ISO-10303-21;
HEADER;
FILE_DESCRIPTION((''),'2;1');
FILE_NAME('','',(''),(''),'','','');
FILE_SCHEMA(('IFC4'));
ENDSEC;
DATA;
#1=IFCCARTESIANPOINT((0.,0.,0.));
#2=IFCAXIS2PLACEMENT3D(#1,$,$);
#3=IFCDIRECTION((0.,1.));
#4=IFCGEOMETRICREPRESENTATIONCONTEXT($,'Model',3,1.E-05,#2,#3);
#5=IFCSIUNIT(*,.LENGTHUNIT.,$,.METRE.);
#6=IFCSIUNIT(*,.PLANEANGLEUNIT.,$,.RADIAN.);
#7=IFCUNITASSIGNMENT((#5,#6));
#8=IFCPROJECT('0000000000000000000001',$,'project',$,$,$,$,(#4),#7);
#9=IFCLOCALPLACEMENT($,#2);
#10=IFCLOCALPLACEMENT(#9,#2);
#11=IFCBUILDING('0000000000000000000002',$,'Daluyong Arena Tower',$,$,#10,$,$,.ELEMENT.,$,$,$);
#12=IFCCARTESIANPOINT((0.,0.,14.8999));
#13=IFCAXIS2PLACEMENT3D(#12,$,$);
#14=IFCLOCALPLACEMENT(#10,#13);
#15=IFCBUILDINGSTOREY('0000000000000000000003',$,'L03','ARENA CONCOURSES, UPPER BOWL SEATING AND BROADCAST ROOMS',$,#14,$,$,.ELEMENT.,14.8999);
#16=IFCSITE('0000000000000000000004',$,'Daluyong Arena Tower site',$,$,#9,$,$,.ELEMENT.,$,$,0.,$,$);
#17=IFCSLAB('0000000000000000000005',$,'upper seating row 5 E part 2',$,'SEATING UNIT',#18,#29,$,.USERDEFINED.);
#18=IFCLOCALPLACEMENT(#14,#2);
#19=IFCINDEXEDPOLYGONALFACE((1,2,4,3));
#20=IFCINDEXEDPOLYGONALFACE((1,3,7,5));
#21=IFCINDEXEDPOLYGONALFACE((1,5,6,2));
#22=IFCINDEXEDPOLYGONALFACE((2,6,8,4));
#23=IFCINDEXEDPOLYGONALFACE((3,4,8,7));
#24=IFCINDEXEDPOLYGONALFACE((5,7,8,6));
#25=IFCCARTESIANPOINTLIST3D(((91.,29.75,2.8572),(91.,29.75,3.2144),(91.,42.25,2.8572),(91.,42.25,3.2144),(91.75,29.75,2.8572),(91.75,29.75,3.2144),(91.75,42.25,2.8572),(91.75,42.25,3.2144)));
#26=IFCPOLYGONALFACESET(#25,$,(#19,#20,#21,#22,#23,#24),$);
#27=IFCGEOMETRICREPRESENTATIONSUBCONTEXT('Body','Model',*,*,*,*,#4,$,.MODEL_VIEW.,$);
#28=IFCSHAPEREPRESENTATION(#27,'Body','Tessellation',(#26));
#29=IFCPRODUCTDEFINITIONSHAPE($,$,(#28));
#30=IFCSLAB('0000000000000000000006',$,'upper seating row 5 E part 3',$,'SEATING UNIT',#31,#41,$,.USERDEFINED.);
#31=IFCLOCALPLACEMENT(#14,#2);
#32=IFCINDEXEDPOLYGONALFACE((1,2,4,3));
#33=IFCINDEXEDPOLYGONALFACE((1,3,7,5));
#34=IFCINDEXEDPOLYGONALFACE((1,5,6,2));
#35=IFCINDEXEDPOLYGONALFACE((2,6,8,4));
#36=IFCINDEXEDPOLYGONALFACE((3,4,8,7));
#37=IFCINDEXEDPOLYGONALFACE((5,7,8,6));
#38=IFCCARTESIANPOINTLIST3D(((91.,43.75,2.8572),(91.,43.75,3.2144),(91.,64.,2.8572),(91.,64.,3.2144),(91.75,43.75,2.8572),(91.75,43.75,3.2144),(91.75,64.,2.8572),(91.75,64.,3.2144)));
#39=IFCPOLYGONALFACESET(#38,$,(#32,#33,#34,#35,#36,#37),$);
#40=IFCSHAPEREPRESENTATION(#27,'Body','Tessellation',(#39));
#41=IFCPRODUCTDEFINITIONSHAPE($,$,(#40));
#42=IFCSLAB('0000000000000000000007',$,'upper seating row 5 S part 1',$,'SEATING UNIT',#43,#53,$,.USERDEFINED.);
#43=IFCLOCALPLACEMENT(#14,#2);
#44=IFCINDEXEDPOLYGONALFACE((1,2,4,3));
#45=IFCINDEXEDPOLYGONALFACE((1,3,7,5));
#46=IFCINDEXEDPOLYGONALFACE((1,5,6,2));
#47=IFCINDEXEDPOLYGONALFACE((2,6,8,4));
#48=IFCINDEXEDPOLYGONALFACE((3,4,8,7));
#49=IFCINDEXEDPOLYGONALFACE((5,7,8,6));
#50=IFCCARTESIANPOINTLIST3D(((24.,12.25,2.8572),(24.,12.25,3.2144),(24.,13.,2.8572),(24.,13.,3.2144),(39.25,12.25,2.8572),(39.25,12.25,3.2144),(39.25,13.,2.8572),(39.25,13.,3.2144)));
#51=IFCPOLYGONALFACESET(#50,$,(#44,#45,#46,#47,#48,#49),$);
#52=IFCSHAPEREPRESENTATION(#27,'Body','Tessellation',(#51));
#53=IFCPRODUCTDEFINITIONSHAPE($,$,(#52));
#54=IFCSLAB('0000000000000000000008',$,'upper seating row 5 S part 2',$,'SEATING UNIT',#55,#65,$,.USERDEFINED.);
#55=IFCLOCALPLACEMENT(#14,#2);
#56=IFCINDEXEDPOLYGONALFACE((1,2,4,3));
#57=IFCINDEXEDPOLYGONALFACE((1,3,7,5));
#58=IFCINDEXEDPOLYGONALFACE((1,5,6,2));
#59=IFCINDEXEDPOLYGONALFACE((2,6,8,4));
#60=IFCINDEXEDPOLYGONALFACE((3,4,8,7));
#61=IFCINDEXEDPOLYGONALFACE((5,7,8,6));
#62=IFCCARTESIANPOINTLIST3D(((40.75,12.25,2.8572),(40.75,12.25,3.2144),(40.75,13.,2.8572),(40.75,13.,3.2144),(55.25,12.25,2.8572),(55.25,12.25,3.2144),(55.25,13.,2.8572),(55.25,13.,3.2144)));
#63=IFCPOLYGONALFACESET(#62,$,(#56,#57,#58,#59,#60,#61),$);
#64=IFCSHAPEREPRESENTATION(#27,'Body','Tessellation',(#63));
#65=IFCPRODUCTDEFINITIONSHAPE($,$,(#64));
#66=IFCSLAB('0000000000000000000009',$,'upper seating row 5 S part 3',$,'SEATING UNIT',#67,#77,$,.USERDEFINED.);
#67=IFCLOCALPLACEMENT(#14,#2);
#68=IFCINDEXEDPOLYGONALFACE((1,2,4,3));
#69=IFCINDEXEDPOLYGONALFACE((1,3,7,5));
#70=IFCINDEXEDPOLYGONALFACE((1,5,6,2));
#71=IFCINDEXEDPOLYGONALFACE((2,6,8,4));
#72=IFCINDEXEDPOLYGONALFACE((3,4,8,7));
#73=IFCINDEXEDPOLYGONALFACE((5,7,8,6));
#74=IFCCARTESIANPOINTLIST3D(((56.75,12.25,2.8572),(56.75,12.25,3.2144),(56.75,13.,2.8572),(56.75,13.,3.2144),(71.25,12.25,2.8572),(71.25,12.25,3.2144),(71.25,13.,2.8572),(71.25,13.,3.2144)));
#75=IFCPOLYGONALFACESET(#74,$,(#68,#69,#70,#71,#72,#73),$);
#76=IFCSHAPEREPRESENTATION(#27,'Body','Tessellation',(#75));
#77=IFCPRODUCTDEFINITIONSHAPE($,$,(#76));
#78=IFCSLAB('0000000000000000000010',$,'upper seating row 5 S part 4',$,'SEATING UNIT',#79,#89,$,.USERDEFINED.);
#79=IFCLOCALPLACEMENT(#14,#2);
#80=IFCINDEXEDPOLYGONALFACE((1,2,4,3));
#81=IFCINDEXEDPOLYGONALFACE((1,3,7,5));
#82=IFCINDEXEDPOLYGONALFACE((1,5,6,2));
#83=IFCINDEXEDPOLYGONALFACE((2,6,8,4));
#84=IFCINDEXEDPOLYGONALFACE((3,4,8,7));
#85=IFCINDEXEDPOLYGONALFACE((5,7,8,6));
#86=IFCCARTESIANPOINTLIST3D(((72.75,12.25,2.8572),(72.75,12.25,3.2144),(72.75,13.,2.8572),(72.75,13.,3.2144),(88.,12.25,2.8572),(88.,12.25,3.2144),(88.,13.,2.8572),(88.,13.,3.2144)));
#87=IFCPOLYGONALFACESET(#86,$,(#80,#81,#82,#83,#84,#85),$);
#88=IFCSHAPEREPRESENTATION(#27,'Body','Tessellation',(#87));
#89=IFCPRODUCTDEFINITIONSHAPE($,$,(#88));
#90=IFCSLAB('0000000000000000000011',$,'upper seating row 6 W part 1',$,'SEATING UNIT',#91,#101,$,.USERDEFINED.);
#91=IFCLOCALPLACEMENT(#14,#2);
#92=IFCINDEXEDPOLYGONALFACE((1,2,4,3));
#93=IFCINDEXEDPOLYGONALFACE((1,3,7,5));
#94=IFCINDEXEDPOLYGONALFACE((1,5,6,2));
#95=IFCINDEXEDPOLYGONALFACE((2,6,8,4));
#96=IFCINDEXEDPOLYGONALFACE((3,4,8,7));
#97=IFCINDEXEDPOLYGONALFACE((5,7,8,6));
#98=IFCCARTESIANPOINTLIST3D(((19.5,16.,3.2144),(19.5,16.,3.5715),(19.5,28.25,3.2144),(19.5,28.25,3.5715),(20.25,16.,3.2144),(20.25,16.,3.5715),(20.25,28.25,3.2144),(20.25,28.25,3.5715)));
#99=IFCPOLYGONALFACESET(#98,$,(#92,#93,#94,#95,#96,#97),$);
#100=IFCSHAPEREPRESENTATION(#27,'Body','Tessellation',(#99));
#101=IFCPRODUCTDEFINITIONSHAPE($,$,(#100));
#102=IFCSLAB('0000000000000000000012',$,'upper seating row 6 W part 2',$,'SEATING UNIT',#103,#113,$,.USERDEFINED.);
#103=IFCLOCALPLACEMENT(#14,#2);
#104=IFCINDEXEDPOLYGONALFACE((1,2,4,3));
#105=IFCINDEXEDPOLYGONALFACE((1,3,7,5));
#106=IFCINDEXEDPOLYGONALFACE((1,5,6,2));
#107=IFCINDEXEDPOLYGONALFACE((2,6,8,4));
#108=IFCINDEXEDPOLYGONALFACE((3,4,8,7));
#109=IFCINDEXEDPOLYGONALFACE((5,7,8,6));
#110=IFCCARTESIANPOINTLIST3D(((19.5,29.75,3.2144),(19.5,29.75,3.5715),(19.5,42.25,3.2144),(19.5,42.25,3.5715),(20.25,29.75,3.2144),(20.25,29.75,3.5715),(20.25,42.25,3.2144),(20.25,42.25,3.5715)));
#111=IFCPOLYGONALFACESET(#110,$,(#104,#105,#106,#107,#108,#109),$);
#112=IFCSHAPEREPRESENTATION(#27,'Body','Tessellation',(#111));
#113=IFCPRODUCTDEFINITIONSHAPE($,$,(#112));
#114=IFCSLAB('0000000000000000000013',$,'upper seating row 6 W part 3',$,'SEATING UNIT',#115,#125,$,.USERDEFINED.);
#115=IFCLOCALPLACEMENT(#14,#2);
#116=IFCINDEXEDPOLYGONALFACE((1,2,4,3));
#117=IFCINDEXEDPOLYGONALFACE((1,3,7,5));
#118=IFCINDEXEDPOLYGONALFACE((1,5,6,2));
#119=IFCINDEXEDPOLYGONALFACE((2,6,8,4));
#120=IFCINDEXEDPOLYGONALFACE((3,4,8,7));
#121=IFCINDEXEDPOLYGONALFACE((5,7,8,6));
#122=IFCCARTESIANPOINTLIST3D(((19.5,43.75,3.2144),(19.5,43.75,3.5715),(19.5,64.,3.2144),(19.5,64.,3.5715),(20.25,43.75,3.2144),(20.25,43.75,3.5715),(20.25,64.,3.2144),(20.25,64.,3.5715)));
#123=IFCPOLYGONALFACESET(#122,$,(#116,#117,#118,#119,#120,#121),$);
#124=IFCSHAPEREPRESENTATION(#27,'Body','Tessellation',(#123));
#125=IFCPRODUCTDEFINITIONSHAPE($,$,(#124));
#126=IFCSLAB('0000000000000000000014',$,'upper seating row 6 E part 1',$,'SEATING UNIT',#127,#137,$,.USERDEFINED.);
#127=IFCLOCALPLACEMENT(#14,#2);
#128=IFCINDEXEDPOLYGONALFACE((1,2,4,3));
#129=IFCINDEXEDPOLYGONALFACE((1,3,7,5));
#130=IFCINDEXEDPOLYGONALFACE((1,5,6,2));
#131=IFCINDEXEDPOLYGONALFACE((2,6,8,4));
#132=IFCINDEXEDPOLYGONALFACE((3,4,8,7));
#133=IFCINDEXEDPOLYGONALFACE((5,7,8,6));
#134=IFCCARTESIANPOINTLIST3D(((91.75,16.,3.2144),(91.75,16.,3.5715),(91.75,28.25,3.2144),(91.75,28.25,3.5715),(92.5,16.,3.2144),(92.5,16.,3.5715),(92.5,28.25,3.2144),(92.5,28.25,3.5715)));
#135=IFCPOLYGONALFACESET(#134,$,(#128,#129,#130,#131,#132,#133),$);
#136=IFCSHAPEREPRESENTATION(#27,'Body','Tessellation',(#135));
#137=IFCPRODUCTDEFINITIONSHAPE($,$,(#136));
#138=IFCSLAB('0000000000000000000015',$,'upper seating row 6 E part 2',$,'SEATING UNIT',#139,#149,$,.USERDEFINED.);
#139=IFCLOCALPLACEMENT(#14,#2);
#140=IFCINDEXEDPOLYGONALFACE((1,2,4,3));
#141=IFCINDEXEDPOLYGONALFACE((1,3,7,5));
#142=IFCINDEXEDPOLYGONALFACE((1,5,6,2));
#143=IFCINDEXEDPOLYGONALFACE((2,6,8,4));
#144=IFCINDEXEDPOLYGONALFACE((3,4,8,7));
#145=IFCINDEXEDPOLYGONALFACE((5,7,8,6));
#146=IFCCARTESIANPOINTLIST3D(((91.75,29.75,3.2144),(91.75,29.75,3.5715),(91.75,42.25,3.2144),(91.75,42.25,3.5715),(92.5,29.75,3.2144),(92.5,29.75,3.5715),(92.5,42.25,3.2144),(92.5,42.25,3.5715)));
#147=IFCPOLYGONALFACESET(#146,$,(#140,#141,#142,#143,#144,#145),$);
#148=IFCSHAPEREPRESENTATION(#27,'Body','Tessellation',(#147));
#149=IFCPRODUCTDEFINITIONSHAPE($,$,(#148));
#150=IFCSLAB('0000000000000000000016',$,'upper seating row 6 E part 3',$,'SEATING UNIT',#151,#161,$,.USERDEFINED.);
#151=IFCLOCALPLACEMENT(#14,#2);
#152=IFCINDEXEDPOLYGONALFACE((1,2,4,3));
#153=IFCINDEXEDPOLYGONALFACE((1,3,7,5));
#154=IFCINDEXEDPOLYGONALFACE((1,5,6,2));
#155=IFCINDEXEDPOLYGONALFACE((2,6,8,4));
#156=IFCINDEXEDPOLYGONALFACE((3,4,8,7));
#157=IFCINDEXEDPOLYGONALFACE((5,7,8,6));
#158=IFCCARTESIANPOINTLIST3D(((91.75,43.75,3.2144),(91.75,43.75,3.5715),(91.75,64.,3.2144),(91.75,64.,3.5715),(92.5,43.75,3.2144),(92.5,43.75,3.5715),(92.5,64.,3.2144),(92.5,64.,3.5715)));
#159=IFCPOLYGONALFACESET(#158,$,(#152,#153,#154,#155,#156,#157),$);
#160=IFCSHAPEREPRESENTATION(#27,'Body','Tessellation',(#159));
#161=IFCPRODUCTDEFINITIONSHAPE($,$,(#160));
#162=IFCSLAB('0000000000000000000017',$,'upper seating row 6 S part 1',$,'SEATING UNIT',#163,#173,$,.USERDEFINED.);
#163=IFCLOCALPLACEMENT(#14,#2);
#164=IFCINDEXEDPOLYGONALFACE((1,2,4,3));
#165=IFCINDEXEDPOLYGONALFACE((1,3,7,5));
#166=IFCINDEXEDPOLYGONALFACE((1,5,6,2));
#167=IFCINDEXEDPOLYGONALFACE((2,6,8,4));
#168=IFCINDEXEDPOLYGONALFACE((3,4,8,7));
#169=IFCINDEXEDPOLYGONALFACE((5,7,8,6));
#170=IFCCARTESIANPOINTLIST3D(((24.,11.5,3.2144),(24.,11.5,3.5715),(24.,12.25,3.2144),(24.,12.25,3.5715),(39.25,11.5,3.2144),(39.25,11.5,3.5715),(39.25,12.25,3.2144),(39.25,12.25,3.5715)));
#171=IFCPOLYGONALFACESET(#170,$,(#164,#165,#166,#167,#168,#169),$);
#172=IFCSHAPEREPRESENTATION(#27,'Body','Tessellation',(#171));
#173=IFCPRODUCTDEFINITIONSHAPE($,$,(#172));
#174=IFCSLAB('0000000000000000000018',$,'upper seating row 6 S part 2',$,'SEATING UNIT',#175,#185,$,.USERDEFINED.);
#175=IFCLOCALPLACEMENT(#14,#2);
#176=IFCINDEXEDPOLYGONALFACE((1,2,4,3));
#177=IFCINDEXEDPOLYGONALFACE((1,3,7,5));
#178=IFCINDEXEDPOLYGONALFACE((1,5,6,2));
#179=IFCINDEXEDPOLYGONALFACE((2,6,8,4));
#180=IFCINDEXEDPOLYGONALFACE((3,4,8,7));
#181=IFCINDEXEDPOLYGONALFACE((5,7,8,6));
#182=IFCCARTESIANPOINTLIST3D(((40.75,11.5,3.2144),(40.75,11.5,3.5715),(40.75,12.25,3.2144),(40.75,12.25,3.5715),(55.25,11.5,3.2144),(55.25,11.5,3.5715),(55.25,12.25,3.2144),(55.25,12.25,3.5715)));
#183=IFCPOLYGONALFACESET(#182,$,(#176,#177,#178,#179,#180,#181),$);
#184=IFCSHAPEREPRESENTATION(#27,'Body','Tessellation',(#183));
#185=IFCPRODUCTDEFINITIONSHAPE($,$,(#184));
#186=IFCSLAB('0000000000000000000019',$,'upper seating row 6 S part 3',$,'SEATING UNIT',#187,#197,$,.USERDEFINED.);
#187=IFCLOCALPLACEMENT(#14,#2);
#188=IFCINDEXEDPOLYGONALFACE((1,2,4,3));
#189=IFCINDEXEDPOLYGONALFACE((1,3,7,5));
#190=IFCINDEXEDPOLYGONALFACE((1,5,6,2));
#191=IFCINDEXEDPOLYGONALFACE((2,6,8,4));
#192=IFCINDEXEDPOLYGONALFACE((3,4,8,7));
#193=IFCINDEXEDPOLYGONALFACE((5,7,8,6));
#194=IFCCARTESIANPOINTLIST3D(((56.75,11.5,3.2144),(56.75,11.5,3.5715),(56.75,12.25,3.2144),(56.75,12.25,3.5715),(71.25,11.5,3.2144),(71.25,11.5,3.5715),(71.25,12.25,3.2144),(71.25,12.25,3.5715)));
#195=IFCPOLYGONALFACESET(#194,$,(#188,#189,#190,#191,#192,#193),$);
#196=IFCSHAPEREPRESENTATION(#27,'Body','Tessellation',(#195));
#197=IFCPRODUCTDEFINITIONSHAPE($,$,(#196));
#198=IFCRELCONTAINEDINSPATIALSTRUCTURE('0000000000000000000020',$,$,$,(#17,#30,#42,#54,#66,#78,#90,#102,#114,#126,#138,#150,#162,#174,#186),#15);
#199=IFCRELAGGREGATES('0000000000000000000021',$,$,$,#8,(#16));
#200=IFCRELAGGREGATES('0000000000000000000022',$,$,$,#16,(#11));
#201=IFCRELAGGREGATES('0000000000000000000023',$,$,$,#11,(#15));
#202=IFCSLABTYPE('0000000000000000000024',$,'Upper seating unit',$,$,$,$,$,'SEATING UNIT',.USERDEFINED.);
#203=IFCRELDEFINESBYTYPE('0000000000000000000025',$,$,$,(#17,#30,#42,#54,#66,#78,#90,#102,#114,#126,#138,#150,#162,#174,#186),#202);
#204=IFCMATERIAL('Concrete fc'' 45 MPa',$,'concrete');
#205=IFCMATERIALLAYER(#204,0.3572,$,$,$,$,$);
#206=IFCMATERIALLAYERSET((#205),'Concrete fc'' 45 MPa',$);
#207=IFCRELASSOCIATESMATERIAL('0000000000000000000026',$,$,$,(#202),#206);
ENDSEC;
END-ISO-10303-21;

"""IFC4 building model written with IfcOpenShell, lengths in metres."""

from ifc_helpers import new_model, si_unit, direction, frame, origin, place, context, subcontext, project, spatial, polyline, outline, extrude, material, layer, layer_set, type_object, element, save


model = new_model("IFC4")

# Units and contexts
model_context = context("Model", 3, precision=1e-05, world=origin(), true_north=direction((0.0, 1.0)))
body_context = subcontext(model_context, "Body", "Model", "MODEL_VIEW")
ifc_project = project(units=[si_unit("LENGTHUNIT", "METRE"), si_unit("PLANEANGLEUNIT", "RADIAN")], contexts=[model_context])

# Site, building, storey
site_placement = place(None, origin())
site = spatial("IfcSite", under=ifc_project, at=site_placement, Name="Daluyong Arena Tower site", CompositionType="ELEMENT", RefElevation=0.0)
building_placement = place(site_placement, origin())
building = spatial("IfcBuilding", under=site, at=building_placement, Name="Daluyong Arena Tower", CompositionType="ELEMENT")
storey_placement = place(building_placement, frame((0.0, 0.0, 14.8999)))
storey = spatial("IfcBuildingStorey", under=building, at=storey_placement, Name="L03", Description="ARENA CONCOURSES, UPPER BOWL SEATING AND BROADCAST ROOMS", CompositionType="ELEMENT", Elevation=14.8999)

# Slabs
ifc_material = material(Name="Concrete fc' 45 MPa", Category="concrete")
ifc_layer = layer(ifc_material, 0.3572)
ifc_layer_set = layer_set([ifc_layer], Name="Concrete fc' 45 MPa")
slab_type = type_object("IfcSlabType", Name="Upper seating unit", ElementType="SEATING UNIT", PredefinedType="USERDEFINED", material=ifc_layer_set)
slab_1_placement = place(storey_placement, frame((0.0, 0.0, 2.8572)))
element("IfcSlab", 1, at=slab_1_placement, inside=storey, type_object=slab_type, Name="upper seating row 5 E part 2", ObjectType="SEATING UNIT", PredefinedType="USERDEFINED", context=body_context, shape_type="SweptSolid", body=[
    extrude(outline(polyline([(91.75, 29.75), (91.75, 42.25), (91.0, 42.25), (91.0, 29.75), (91.75, 29.75)])), origin(), (0.0, 0.0, 1.0), 0.3572),
])
slab_2_placement = place(storey_placement, frame((0.0, 0.0, 2.8572)))
element("IfcSlab", 2, at=slab_2_placement, inside=storey, type_object=slab_type, Name="upper seating row 5 E part 3", ObjectType="SEATING UNIT", PredefinedType="USERDEFINED", context=body_context, shape_type="SweptSolid", body=[
    extrude(outline(polyline([(91.0, 64.0), (91.0, 43.75), (91.75, 43.75), (91.75, 64.0), (91.0, 64.0)])), origin(), (0.0, 0.0, 1.0), 0.3572),
])
slab_3_placement = place(storey_placement, frame((0.0, 0.0, 2.8572)))
element("IfcSlab", 3, at=slab_3_placement, inside=storey, type_object=slab_type, Name="upper seating row 5 S part 1", ObjectType="SEATING UNIT", PredefinedType="USERDEFINED", context=body_context, shape_type="SweptSolid", body=[
    extrude(outline(polyline([(24.0, 12.25), (39.25, 12.25), (39.25, 13.0), (24.0, 13.0), (24.0, 12.25)])), origin(), (0.0, 0.0, 1.0), 0.3572),
])
slab_4_placement = place(storey_placement, frame((0.0, 0.0, 2.8572)))
element("IfcSlab", 4, at=slab_4_placement, inside=storey, type_object=slab_type, Name="upper seating row 5 S part 2", ObjectType="SEATING UNIT", PredefinedType="USERDEFINED", context=body_context, shape_type="SweptSolid", body=[
    extrude(outline(polyline([(55.25, 13.0), (40.75, 13.0), (40.75, 12.25), (55.25, 12.25), (55.25, 13.0)])), origin(), (0.0, 0.0, 1.0), 0.3572),
])
slab_5_placement = place(storey_placement, frame((0.0, 0.0, 2.8572)))
element("IfcSlab", 5, at=slab_5_placement, inside=storey, type_object=slab_type, Name="upper seating row 5 S part 3", ObjectType="SEATING UNIT", PredefinedType="USERDEFINED", context=body_context, shape_type="SweptSolid", body=[
    extrude(outline(polyline([(71.25, 13.0), (56.75, 13.0), (56.75, 12.25), (71.25, 12.25), (71.25, 13.0)])), origin(), (0.0, 0.0, 1.0), 0.3572),
])
slab_6_placement = place(storey_placement, frame((0.0, 0.0, 2.8572)))
element("IfcSlab", 6, at=slab_6_placement, inside=storey, type_object=slab_type, Name="upper seating row 5 S part 4", ObjectType="SEATING UNIT", PredefinedType="USERDEFINED", context=body_context, shape_type="SweptSolid", body=[
    extrude(outline(polyline([(88.0, 13.0), (72.75, 13.0), (72.75, 12.25), (88.0, 12.25), (88.0, 13.0)])), origin(), (0.0, 0.0, 1.0), 0.3572),
])
slab_7_placement = place(storey_placement, frame((0.0, 0.0, 3.2144)))
element("IfcSlab", 7, at=slab_7_placement, inside=storey, type_object=slab_type, Name="upper seating row 6 W part 1", ObjectType="SEATING UNIT", PredefinedType="USERDEFINED", context=body_context, shape_type="SweptSolid", body=[
    extrude(outline(polyline([(20.25, 16.0), (20.25, 28.25), (19.5, 28.25), (19.5, 16.0), (20.25, 16.0)])), origin(), (0.0, 0.0, 1.0), 0.3572),
])
slab_8_placement = place(storey_placement, frame((0.0, 0.0, 3.2144)))
element("IfcSlab", 8, at=slab_8_placement, inside=storey, type_object=slab_type, Name="upper seating row 6 W part 2", ObjectType="SEATING UNIT", PredefinedType="USERDEFINED", context=body_context, shape_type="SweptSolid", body=[
    extrude(outline(polyline([(20.25, 29.75), (20.25, 42.25), (19.5, 42.25), (19.5, 29.75), (20.25, 29.75)])), origin(), (0.0, 0.0, 1.0), 0.3572),
])
slab_9_placement = place(storey_placement, frame((0.0, 0.0, 3.2144)))
element("IfcSlab", 9, at=slab_9_placement, inside=storey, type_object=slab_type, Name="upper seating row 6 W part 3", ObjectType="SEATING UNIT", PredefinedType="USERDEFINED", context=body_context, shape_type="SweptSolid", body=[
    extrude(outline(polyline([(19.5, 64.0), (19.5, 43.75), (20.25, 43.75), (20.25, 64.0), (19.5, 64.0)])), origin(), (0.0, 0.0, 1.0), 0.3572),
])
slab_10_placement = place(storey_placement, frame((0.0, 0.0, 3.2144)))
element("IfcSlab", 10, at=slab_10_placement, inside=storey, type_object=slab_type, Name="upper seating row 6 E part 1", ObjectType="SEATING UNIT", PredefinedType="USERDEFINED", context=body_context, shape_type="SweptSolid", body=[
    extrude(outline(polyline([(92.5, 16.0), (92.5, 28.25), (91.75, 28.25), (91.75, 16.0), (92.5, 16.0)])), origin(), (0.0, 0.0, 1.0), 0.3572),
])
slab_11_placement = place(storey_placement, frame((0.0, 0.0, 3.2144)))
element("IfcSlab", 11, at=slab_11_placement, inside=storey, type_object=slab_type, Name="upper seating row 6 E part 2", ObjectType="SEATING UNIT", PredefinedType="USERDEFINED", context=body_context, shape_type="SweptSolid", body=[
    extrude(outline(polyline([(92.5, 29.75), (92.5, 42.25), (91.75, 42.25), (91.75, 29.75), (92.5, 29.75)])), origin(), (0.0, 0.0, 1.0), 0.3572),
])
slab_12_placement = place(storey_placement, frame((0.0, 0.0, 3.2144)))
element("IfcSlab", 12, at=slab_12_placement, inside=storey, type_object=slab_type, Name="upper seating row 6 E part 3", ObjectType="SEATING UNIT", PredefinedType="USERDEFINED", context=body_context, shape_type="SweptSolid", body=[
    extrude(outline(polyline([(91.75, 64.0), (91.75, 43.75), (92.5, 43.75), (92.5, 64.0), (91.75, 64.0)])), origin(), (0.0, 0.0, 1.0), 0.3572),
])
slab_13_placement = place(storey_placement, frame((0.0, 0.0, 3.2144)))
element("IfcSlab", 13, at=slab_13_placement, inside=storey, type_object=slab_type, Name="upper seating row 6 S part 1", ObjectType="SEATING UNIT", PredefinedType="USERDEFINED", context=body_context, shape_type="SweptSolid", body=[
    extrude(outline(polyline([(24.0, 11.5), (39.25, 11.5), (39.25, 12.25), (24.0, 12.25), (24.0, 11.5)])), origin(), (0.0, 0.0, 1.0), 0.3572),
])
slab_14_placement = place(storey_placement, frame((0.0, 0.0, 3.2144)))
element("IfcSlab", 14, at=slab_14_placement, inside=storey, type_object=slab_type, Name="upper seating row 6 S part 2", ObjectType="SEATING UNIT", PredefinedType="USERDEFINED", context=body_context, shape_type="SweptSolid", body=[
    extrude(outline(polyline([(55.25, 12.25), (40.75, 12.25), (40.75, 11.5), (55.25, 11.5), (55.25, 12.25)])), origin(), (0.0, 0.0, 1.0), 0.3572),
])
slab_15_placement = place(storey_placement, frame((0.0, 0.0, 3.2144)))
element("IfcSlab", 15, at=slab_15_placement, inside=storey, type_object=slab_type, Name="upper seating row 6 S part 3", ObjectType="SEATING UNIT", PredefinedType="USERDEFINED", context=body_context, shape_type="SweptSolid", body=[
    extrude(outline(polyline([(71.25, 12.25), (56.75, 12.25), (56.75, 11.5), (71.25, 11.5), (71.25, 12.25)])), origin(), (0.0, 0.0, 1.0), 0.3572),
])

save(model, "model.ifc")
